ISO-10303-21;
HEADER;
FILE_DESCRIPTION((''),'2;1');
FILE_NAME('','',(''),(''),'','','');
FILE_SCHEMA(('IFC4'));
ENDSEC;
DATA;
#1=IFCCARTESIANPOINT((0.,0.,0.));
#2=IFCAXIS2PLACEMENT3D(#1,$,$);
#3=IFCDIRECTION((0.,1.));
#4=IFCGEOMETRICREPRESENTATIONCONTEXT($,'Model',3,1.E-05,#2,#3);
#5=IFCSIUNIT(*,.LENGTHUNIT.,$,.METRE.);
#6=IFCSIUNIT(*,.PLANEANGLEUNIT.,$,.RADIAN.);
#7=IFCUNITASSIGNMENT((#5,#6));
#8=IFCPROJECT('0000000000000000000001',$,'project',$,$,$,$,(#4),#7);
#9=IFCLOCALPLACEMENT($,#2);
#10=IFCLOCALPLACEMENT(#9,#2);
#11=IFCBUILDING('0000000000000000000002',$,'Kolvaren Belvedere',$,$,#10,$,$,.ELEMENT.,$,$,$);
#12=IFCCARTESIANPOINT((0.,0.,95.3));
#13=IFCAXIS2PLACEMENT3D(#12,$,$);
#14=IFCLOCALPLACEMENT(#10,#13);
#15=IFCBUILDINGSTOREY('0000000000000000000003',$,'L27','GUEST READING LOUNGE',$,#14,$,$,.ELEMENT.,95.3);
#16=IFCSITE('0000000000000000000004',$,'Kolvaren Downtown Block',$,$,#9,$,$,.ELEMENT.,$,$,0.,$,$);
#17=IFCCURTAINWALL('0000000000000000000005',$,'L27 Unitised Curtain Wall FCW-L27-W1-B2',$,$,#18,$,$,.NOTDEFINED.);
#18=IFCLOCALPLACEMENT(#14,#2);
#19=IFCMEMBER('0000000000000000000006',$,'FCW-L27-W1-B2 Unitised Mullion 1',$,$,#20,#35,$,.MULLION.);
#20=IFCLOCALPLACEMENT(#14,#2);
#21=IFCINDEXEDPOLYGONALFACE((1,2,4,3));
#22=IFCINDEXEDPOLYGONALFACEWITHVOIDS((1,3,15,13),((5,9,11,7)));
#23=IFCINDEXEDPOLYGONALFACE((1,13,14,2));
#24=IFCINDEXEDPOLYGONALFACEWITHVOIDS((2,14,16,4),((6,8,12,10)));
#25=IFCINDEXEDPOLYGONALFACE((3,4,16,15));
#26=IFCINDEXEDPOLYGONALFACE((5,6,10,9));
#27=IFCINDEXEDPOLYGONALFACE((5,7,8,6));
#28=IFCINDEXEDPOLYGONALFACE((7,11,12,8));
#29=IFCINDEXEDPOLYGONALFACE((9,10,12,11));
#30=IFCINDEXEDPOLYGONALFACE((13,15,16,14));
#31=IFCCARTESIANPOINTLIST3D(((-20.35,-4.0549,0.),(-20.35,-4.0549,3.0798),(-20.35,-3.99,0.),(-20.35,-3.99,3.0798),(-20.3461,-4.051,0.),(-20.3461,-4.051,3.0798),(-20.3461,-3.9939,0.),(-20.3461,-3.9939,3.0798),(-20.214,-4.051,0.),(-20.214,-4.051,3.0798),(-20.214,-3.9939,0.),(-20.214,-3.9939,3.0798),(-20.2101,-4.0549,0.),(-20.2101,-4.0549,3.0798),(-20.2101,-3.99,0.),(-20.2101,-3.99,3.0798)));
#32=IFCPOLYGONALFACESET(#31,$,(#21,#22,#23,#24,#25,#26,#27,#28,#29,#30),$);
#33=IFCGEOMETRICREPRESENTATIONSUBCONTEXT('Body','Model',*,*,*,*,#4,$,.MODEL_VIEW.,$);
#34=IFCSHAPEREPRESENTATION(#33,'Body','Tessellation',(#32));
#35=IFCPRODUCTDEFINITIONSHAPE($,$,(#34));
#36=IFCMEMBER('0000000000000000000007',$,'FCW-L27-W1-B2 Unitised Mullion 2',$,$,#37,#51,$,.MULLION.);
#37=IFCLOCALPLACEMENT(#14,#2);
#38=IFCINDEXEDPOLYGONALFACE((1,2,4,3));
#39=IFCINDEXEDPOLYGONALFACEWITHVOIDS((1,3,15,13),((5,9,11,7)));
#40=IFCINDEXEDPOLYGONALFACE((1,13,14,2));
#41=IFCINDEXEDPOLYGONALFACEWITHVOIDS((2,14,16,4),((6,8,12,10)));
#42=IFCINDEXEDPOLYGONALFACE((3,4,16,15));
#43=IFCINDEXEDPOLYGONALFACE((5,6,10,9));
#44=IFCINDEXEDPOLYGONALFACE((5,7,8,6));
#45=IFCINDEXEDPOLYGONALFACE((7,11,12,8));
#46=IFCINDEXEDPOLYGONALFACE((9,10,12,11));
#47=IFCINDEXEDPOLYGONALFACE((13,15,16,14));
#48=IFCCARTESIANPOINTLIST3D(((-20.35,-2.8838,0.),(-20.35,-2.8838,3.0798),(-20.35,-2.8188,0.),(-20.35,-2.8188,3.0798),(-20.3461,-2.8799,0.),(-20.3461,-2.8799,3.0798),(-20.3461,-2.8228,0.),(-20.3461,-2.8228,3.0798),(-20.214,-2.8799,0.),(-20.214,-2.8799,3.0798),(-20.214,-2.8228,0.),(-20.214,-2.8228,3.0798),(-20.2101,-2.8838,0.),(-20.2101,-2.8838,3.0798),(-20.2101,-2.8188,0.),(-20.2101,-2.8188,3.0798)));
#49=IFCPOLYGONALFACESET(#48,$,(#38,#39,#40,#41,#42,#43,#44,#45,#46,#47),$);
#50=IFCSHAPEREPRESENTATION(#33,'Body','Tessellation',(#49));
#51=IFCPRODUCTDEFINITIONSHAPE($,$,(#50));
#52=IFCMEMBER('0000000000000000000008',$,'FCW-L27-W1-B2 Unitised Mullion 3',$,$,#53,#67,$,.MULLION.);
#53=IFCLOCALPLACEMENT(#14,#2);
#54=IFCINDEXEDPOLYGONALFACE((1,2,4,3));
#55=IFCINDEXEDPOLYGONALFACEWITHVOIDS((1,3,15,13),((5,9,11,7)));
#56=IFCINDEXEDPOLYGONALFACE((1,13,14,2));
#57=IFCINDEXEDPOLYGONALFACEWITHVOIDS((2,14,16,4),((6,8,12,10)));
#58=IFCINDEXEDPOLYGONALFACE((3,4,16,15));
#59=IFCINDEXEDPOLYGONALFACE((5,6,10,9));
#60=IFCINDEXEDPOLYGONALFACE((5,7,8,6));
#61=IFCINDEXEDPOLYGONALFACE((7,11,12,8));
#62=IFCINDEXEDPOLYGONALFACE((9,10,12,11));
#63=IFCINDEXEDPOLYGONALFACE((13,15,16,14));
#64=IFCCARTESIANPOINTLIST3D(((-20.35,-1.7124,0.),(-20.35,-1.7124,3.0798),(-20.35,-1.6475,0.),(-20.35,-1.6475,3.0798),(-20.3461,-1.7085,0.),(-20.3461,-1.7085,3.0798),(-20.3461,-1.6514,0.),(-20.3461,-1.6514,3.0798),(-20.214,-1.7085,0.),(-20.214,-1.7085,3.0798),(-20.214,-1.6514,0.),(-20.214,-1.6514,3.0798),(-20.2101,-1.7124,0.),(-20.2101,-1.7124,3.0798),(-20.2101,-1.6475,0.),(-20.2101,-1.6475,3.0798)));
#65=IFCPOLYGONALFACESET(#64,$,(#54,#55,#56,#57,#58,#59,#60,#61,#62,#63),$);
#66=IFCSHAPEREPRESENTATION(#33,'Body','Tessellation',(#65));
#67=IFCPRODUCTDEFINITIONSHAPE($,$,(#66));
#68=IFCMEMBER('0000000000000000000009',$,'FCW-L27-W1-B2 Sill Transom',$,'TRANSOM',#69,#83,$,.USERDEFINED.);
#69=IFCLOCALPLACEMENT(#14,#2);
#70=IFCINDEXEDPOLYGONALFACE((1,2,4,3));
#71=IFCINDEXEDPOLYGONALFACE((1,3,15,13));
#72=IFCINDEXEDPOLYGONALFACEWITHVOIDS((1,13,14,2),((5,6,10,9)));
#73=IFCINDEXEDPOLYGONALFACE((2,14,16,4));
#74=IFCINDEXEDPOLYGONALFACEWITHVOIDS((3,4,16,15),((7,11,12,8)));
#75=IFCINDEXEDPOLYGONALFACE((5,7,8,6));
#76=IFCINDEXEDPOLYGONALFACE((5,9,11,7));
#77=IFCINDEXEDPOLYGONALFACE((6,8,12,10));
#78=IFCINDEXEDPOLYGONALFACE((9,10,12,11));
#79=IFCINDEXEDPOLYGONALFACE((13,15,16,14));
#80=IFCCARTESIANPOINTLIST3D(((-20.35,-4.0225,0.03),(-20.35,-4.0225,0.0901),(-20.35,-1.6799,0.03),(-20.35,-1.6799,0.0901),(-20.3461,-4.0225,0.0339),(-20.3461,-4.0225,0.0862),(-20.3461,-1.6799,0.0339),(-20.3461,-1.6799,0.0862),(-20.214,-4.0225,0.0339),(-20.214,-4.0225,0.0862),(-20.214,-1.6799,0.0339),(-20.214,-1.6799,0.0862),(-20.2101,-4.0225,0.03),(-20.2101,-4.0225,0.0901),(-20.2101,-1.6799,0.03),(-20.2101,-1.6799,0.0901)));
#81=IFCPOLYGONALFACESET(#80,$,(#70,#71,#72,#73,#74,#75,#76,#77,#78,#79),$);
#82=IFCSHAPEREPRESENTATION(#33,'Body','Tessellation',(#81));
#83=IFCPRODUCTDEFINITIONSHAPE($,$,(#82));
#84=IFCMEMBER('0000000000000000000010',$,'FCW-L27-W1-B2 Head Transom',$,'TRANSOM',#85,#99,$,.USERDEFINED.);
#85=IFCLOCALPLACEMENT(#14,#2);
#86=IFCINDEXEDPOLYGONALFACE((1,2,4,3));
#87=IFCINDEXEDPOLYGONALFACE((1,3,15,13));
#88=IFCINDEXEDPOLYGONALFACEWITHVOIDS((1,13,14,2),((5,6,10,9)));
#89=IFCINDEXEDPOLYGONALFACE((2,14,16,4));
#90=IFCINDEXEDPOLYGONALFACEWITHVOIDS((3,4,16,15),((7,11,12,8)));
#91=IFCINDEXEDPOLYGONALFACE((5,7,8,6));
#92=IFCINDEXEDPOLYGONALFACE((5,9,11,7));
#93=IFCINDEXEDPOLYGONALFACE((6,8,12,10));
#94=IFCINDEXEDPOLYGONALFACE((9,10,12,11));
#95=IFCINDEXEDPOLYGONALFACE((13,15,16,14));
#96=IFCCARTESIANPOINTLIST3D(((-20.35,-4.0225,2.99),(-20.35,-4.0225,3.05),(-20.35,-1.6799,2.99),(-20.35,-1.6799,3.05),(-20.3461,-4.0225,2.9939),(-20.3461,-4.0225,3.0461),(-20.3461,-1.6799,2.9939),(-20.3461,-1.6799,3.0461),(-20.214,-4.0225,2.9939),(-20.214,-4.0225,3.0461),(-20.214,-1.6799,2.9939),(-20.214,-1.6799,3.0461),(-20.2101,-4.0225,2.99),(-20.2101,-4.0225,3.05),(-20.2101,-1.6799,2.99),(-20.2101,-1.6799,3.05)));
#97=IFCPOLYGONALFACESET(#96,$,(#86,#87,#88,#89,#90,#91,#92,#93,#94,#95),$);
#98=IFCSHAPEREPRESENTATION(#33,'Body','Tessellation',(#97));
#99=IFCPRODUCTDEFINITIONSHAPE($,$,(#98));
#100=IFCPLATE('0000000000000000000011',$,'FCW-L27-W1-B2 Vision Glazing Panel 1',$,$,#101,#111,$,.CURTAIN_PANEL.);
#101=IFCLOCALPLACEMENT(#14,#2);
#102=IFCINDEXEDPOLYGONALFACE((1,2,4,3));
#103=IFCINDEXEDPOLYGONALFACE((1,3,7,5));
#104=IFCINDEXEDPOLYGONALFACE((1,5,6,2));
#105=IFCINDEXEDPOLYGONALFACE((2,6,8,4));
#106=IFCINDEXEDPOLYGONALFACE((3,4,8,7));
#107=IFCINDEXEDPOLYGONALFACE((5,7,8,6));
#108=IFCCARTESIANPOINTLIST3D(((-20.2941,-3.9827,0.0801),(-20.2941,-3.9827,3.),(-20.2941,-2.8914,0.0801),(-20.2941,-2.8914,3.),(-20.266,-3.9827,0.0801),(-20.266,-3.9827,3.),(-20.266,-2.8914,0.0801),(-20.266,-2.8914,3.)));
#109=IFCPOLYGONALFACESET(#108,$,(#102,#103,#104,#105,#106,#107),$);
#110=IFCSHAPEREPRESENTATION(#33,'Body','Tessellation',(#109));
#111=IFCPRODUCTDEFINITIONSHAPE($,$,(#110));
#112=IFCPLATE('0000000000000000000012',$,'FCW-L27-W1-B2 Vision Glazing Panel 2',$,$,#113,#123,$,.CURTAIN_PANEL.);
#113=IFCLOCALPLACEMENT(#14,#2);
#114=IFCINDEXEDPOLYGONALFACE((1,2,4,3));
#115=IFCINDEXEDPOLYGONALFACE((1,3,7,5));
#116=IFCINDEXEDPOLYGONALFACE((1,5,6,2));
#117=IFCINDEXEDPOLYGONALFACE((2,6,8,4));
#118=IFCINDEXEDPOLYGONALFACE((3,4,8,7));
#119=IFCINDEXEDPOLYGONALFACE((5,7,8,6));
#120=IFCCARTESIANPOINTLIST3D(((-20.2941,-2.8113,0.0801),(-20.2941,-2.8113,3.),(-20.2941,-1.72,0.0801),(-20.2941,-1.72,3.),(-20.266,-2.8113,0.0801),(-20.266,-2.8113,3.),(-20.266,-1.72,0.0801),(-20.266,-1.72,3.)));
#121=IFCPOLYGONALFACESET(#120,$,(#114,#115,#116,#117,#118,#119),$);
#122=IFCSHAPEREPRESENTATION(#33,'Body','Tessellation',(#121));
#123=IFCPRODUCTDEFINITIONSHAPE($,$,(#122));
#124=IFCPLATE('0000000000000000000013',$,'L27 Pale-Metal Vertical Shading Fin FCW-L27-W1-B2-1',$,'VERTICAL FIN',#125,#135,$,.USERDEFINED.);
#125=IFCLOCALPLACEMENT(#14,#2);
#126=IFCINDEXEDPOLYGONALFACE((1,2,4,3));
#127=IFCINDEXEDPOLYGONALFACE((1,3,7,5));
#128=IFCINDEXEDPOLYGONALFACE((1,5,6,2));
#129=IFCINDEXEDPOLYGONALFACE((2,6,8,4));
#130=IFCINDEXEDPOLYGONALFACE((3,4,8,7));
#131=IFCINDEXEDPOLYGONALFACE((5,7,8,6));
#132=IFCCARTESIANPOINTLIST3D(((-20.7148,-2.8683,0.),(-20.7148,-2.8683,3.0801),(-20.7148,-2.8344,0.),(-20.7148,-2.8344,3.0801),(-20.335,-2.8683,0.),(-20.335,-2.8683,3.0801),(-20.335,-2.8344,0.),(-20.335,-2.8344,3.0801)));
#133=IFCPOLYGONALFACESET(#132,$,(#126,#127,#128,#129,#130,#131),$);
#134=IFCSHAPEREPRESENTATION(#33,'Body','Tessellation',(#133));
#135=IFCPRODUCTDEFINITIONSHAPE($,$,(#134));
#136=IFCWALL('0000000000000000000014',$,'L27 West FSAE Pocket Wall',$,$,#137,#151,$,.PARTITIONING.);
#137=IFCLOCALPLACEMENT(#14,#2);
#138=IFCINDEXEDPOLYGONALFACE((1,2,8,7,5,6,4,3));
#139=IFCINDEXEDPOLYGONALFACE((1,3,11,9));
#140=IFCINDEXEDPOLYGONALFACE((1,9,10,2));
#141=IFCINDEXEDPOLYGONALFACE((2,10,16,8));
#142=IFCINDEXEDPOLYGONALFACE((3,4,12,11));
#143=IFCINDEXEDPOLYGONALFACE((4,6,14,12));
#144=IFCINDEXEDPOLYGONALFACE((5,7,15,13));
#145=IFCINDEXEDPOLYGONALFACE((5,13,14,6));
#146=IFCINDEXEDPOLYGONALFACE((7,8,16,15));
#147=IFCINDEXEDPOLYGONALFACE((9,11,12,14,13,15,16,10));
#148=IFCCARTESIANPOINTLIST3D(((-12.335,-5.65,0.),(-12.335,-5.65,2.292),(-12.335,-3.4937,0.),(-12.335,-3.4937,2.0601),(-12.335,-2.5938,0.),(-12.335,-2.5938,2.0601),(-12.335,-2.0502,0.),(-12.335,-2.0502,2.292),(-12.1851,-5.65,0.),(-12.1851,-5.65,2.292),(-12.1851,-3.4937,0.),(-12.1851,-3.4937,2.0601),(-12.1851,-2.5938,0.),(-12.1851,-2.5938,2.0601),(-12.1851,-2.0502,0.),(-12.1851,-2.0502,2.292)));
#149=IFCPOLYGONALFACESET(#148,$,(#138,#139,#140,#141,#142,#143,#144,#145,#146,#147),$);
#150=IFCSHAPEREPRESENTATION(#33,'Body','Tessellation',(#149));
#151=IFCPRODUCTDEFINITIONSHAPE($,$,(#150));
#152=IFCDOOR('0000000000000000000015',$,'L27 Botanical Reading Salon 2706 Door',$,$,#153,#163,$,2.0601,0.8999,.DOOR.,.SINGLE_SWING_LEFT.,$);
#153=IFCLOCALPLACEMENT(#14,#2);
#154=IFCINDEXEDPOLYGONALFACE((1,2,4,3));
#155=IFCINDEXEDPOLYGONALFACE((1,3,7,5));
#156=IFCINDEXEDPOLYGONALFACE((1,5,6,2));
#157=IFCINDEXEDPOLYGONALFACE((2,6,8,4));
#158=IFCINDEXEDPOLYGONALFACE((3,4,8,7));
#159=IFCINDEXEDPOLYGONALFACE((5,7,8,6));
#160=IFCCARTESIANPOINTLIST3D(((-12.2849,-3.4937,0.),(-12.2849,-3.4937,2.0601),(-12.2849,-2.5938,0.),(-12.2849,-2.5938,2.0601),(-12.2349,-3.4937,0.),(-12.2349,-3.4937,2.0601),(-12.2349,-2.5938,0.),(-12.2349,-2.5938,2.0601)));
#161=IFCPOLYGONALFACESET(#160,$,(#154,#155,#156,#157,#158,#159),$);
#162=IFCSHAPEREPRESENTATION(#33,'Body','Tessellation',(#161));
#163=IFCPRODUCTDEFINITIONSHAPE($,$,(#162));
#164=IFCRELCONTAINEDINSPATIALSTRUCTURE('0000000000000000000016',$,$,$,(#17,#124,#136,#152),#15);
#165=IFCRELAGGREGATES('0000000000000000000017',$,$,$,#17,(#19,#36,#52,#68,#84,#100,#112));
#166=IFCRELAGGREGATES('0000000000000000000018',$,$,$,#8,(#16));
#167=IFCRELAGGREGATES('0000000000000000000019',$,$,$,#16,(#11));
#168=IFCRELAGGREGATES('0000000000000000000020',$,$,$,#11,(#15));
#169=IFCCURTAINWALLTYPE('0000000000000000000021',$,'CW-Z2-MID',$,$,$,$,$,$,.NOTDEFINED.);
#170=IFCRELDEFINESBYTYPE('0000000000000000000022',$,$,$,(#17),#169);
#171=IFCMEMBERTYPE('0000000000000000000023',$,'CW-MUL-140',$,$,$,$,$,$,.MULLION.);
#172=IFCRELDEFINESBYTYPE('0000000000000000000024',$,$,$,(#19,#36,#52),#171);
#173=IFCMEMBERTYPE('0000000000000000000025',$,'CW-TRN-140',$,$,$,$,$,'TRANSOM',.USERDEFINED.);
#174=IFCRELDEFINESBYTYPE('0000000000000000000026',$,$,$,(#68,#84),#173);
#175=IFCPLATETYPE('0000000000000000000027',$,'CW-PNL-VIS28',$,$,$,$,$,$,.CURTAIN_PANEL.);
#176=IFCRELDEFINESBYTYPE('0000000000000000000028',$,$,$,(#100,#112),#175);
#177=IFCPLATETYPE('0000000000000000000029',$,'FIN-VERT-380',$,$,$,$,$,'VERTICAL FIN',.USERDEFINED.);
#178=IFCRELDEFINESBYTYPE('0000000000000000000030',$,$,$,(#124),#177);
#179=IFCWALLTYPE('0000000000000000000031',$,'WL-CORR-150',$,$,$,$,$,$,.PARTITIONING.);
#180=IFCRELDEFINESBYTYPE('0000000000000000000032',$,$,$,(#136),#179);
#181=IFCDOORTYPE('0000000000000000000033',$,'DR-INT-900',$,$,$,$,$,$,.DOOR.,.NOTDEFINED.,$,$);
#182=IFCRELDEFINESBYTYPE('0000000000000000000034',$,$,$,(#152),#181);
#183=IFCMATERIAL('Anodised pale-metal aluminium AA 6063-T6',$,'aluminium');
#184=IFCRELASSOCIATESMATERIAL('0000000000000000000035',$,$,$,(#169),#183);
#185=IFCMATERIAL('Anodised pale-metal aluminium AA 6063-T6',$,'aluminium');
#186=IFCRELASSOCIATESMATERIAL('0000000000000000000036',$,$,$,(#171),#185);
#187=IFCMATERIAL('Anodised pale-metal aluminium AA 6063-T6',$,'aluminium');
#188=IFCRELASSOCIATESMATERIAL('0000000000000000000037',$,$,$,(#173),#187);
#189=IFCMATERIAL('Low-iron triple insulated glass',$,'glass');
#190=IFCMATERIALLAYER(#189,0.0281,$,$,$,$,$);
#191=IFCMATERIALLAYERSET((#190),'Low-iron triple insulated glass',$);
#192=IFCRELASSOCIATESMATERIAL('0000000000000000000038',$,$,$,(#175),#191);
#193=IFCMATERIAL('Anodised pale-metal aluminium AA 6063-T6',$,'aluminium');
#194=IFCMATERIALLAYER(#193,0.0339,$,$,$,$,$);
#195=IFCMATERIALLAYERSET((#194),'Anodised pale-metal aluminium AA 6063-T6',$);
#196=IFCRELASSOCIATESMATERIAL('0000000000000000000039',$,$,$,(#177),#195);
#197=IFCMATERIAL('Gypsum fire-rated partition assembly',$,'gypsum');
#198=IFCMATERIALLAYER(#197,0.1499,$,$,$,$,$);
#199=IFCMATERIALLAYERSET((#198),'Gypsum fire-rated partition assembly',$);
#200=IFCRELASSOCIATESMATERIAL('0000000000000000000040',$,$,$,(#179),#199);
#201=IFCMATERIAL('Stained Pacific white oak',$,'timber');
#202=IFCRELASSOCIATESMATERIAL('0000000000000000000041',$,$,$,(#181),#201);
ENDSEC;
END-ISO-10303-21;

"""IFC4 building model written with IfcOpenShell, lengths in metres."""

from ifc_helpers import new_model, si_unit, direction, frame, frame_2d, origin, origin_2d, place, context, subcontext, project, spatial, rectangle, hollow_rectangle, extrude, material, layer, layer_set, material_profile, profile_set, type_object, element, fill, aggregate, save


model = new_model("IFC4")

# Units and contexts
model_context = context("Model", 3, precision=1e-05, world=origin(), true_north=direction((0.0, 1.0)))
body_context = subcontext(model_context, "Body", "Model", "MODEL_VIEW")
ifc_project = project(units=[si_unit("LENGTHUNIT", "METRE"), si_unit("PLANEANGLEUNIT", "RADIAN")], contexts=[model_context])

# Site, building, storey
site_placement = place(None, origin())
site = spatial("IfcSite", under=ifc_project, at=site_placement, Name="Kolvaren Downtown Block", CompositionType="ELEMENT", RefElevation=0.0)
building_placement = place(site_placement, origin())
building = spatial("IfcBuilding", under=site, at=building_placement, Name="Kolvaren Belvedere", CompositionType="ELEMENT")
storey_placement = place(building_placement, frame((0.0, 0.0, 95.3)))
storey = spatial("IfcBuildingStorey", under=building, at=storey_placement, Name="L27", Description="GUEST READING LOUNGE", CompositionType="ELEMENT", Elevation=95.3)

# Shared definitions
ifc_material_1 = material(Name="Anodised pale-metal aluminium AA 6063-T6", Category="aluminium")
curtain_wall_type = type_object("IfcCurtainWallType", Name="CW-Z2-MID", PredefinedType="NOTDEFINED", material=ifc_material_1)
ifc_material_2 = material(Name="Anodised pale-metal aluminium AA 6063-T6", Category="aluminium")
ifc_material_profile_1 = material_profile(ifc_material_2, hollow_rectangle(XDim=0.0649, YDim=0.1399, WallThickness=0.0039, at=origin_2d()), Name="ALU-MUL-140X65")
ifc_profile_set_1 = profile_set([ifc_material_profile_1], Name="Anodised pale-metal aluminium AA 6063-T6")
member_type_1 = type_object("IfcMemberType", Name="CW-MUL-140", PredefinedType="MULLION", material=ifc_profile_set_1)

# Curtain wall, members, plates
curtain_wall_1_placement = place(storey_placement, origin())
curtain_wall_1 = element("IfcCurtainWall", 1, at=curtain_wall_1_placement, inside=storey, type_object=curtain_wall_type, Name="L27 Unitised Curtain Wall FCW-L27-W1-B2", PredefinedType="NOTDEFINED")
member_1_placement = place(storey_placement, frame((-20.28, -4.0225, 0.0), z_axis=(0.0, 0.0, 1.0), x_axis=(0.0, 1.0, 0.0)))
member_1 = element("IfcMember", 2, at=member_1_placement, type_object=member_type_1, Name="FCW-L27-W1-B2 Unitised Mullion 1", PredefinedType="MULLION", context=body_context, shape_type="SweptSolid", body=[
    extrude(hollow_rectangle(XDim=0.0649, YDim=0.1399, WallThickness=0.0039, at=origin_2d()), origin(), (0.0, 0.0, 1.0), 3.0798),
])
member_2_placement = place(storey_placement, frame((-20.28, -2.8513, 0.0), z_axis=(0.0, 0.0, 1.0), x_axis=(0.0, 1.0, 0.0)))
member_2 = element("IfcMember", 3, at=member_2_placement, type_object=member_type_1, Name="FCW-L27-W1-B2 Unitised Mullion 2", PredefinedType="MULLION", context=body_context, shape_type="SweptSolid", body=[
    extrude(hollow_rectangle(XDim=0.0649, YDim=0.1399, WallThickness=0.0039, at=origin_2d()), origin(), (0.0, 0.0, 1.0), 3.0798),
])
member_3_placement = place(storey_placement, frame((-20.28, -1.6799, 0.0), z_axis=(0.0, 0.0, 1.0), x_axis=(0.0, 1.0, 0.0)))
member_3 = element("IfcMember", 4, at=member_3_placement, type_object=member_type_1, Name="FCW-L27-W1-B2 Unitised Mullion 3", PredefinedType="MULLION", context=body_context, shape_type="SweptSolid", body=[
    extrude(hollow_rectangle(XDim=0.0649, YDim=0.1399, WallThickness=0.0039, at=origin_2d()), origin(), (0.0, 0.0, 1.0), 3.0798),
])
ifc_material_3 = material(Name="Anodised pale-metal aluminium AA 6063-T6", Category="aluminium")
ifc_material_profile_2 = material_profile(ifc_material_3, hollow_rectangle(XDim=0.0601, YDim=0.1399, WallThickness=0.0039, at=origin_2d()), Name="ALU-TRN-140X60")
ifc_profile_set_2 = profile_set([ifc_material_profile_2], Name="Anodised pale-metal aluminium AA 6063-T6")
member_type_2 = type_object("IfcMemberType", Name="CW-TRN-140", ElementType="TRANSOM", PredefinedType="USERDEFINED", material=ifc_profile_set_2)
member_4_placement = place(storey_placement, frame((-20.28, -4.0225, 0.0601), z_axis=(0.0, 1.0, 0.0), x_axis=(0.0, 0.0, 1.0)))
member_4 = element("IfcMember", 5, at=member_4_placement, type_object=member_type_2, Name="FCW-L27-W1-B2 Sill Transom", ObjectType="TRANSOM", PredefinedType="USERDEFINED", context=body_context, shape_type="SweptSolid", body=[
    extrude(hollow_rectangle(XDim=0.0601, YDim=0.1399, WallThickness=0.0039, at=origin_2d()), origin(), (0.0, 0.0, 1.0), 2.3425),
])
member_5_placement = place(storey_placement, frame((-20.28, -4.0225, 3.02), z_axis=(0.0, 1.0, 0.0), x_axis=(0.0, 0.0, 1.0)))
member_5 = element("IfcMember", 6, at=member_5_placement, type_object=member_type_2, Name="FCW-L27-W1-B2 Head Transom", ObjectType="TRANSOM", PredefinedType="USERDEFINED", context=body_context, shape_type="SweptSolid", body=[
    extrude(hollow_rectangle(XDim=0.0601, YDim=0.1399, WallThickness=0.0039, at=origin_2d()), origin(), (0.0, 0.0, 1.0), 2.3425),
])
ifc_material_4 = material(Name="Low-iron triple insulated glass", Category="glass")
ifc_layer_1 = layer(ifc_material_4, 0.0281)
ifc_layer_set_1 = layer_set([ifc_layer_1], Name="Low-iron triple insulated glass")
plate_type_1 = type_object("IfcPlateType", Name="CW-PNL-VIS28", PredefinedType="CURTAIN_PANEL", material=ifc_layer_set_1)
plate_1_placement = place(storey_placement, frame((-20.28, -3.437, 0.0801), z_axis=(0.0, 0.0, 1.0), x_axis=(0.0, 1.0, 0.0)))
plate_1 = element("IfcPlate", 7, at=plate_1_placement, type_object=plate_type_1, Name="FCW-L27-W1-B2 Vision Glazing Panel 1", PredefinedType="CURTAIN_PANEL", context=body_context, shape_type="SweptSolid", body=[
    extrude(rectangle(XDim=1.0913, YDim=0.0281, at=origin_2d()), origin(), (0.0, 0.0, 1.0), 2.9199),
])
plate_2_placement = place(storey_placement, frame((-20.28, -2.2656, 0.0801), z_axis=(0.0, 0.0, 1.0), x_axis=(0.0, 1.0, 0.0)))
plate_2 = element("IfcPlate", 8, at=plate_2_placement, type_object=plate_type_1, Name="FCW-L27-W1-B2 Vision Glazing Panel 2", PredefinedType="CURTAIN_PANEL", context=body_context, shape_type="SweptSolid", body=[
    extrude(rectangle(XDim=1.0913, YDim=0.0281, at=origin_2d()), origin(), (0.0, 0.0, 1.0), 2.9199),
])
aggregate(curtain_wall_1, [member_1, member_2, member_3, member_4, member_5, plate_1, plate_2])

# Plate
ifc_material_5 = material(Name="Anodised pale-metal aluminium AA 6063-T6", Category="aluminium")
ifc_layer_2 = layer(ifc_material_5, 0.0339)
ifc_layer_set_2 = layer_set([ifc_layer_2], Name="Anodised pale-metal aluminium AA 6063-T6")
plate_type_2 = type_object("IfcPlateType", Name="FIN-VERT-380", ElementType="VERTICAL FIN", PredefinedType="USERDEFINED", material=ifc_layer_set_2)
plate_3_placement = place(storey_placement, frame((-20.5249, -2.8513, 0.0), z_axis=(0.0, 0.0, 1.0), x_axis=(1.0, 0.0, 0.0)))
element("IfcPlate", 9, at=plate_3_placement, inside=storey, type_object=plate_type_2, Name="L27 Pale-Metal Vertical Shading Fin FCW-L27-W1-B2-1", ObjectType="VERTICAL FIN", PredefinedType="USERDEFINED", context=body_context, shape_type="SweptSolid", body=[
    extrude(rectangle(XDim=0.3799, YDim=0.0339, at=origin_2d()), origin(), (0.0, 0.0, 1.0), 3.0801),
])

# Wall, opening, door
ifc_material_6 = material(Name="Gypsum fire-rated partition assembly", Category="gypsum")
ifc_layer_3 = layer(ifc_material_6, 0.1499)
ifc_layer_set_3 = layer_set([ifc_layer_3], Name="Gypsum fire-rated partition assembly")
wall_type_1 = type_object("IfcWallType", Name="WL-CORR-150", PredefinedType="PARTITIONING", material=ifc_layer_set_3)
wall_1_placement = place(storey_placement, frame((-12.26, -5.6499, 0.0), z_axis=(0.0, 0.0, 1.0), x_axis=(0.0, 1.0, 0.0)))
wall_1 = element("IfcWall", 10, at=wall_1_placement, inside=storey, type_object=wall_type_1, Name="L27 West FSAE Pocket Wall", PredefinedType="PARTITIONING", context=body_context, shape_type="SweptSolid", body=[
    extrude(rectangle(XDim=3.5999, YDim=0.1499, at=frame_2d((1.7998, 0.0))), origin(), (0.0, 0.0, 1.0), 2.292),
])
opening_1_placement = place(wall_1_placement, frame((2.1562, 0.0, 0.0)))
opening_1 = element("IfcOpeningElement", 11, at=opening_1_placement, cuts=wall_1, PredefinedType="OPENING", context=body_context, shape_type="SweptSolid", body=[
    extrude(rectangle(XDim=0.8999, YDim=2.0601, at=frame_2d((0.45, 1.03))), frame((0.0, 0.085, 0.0), z_axis=(0.0, -1.0, 0.0), x_axis=(1.0, 0.0, 0.0)), (0.0, 0.0, 1.0), 0.1699),
])
ifc_material_7 = material(Name="Stained Pacific white oak", Category="timber")
door_type_1 = type_object("IfcDoorType", Name="DR-INT-900", OperationType="NOTDEFINED", PredefinedType="DOOR", material=ifc_material_7)
door_1_placement = place(opening_1_placement, origin())
door_1 = element("IfcDoor", 12, at=door_1_placement, inside=storey, type_object=door_type_1, Name="L27 Botanical Reading Salon 2706 Door", OperationType="SINGLE_SWING_LEFT", OverallHeight=2.0601, OverallWidth=0.8999, PredefinedType="DOOR", context=body_context, shape_type="SweptSolid", body=[
    extrude(rectangle(XDim=0.8999, YDim=2.0601, at=frame_2d((0.45, 1.03))), frame((0.0, 0.0249, 0.0), z_axis=(0.0, -1.0, 0.0), x_axis=(1.0, 0.0, 0.0)), (0.0, 0.0, 1.0), 0.05),
])
fill(opening_1, door_1)

save(model, "model.ifc")
